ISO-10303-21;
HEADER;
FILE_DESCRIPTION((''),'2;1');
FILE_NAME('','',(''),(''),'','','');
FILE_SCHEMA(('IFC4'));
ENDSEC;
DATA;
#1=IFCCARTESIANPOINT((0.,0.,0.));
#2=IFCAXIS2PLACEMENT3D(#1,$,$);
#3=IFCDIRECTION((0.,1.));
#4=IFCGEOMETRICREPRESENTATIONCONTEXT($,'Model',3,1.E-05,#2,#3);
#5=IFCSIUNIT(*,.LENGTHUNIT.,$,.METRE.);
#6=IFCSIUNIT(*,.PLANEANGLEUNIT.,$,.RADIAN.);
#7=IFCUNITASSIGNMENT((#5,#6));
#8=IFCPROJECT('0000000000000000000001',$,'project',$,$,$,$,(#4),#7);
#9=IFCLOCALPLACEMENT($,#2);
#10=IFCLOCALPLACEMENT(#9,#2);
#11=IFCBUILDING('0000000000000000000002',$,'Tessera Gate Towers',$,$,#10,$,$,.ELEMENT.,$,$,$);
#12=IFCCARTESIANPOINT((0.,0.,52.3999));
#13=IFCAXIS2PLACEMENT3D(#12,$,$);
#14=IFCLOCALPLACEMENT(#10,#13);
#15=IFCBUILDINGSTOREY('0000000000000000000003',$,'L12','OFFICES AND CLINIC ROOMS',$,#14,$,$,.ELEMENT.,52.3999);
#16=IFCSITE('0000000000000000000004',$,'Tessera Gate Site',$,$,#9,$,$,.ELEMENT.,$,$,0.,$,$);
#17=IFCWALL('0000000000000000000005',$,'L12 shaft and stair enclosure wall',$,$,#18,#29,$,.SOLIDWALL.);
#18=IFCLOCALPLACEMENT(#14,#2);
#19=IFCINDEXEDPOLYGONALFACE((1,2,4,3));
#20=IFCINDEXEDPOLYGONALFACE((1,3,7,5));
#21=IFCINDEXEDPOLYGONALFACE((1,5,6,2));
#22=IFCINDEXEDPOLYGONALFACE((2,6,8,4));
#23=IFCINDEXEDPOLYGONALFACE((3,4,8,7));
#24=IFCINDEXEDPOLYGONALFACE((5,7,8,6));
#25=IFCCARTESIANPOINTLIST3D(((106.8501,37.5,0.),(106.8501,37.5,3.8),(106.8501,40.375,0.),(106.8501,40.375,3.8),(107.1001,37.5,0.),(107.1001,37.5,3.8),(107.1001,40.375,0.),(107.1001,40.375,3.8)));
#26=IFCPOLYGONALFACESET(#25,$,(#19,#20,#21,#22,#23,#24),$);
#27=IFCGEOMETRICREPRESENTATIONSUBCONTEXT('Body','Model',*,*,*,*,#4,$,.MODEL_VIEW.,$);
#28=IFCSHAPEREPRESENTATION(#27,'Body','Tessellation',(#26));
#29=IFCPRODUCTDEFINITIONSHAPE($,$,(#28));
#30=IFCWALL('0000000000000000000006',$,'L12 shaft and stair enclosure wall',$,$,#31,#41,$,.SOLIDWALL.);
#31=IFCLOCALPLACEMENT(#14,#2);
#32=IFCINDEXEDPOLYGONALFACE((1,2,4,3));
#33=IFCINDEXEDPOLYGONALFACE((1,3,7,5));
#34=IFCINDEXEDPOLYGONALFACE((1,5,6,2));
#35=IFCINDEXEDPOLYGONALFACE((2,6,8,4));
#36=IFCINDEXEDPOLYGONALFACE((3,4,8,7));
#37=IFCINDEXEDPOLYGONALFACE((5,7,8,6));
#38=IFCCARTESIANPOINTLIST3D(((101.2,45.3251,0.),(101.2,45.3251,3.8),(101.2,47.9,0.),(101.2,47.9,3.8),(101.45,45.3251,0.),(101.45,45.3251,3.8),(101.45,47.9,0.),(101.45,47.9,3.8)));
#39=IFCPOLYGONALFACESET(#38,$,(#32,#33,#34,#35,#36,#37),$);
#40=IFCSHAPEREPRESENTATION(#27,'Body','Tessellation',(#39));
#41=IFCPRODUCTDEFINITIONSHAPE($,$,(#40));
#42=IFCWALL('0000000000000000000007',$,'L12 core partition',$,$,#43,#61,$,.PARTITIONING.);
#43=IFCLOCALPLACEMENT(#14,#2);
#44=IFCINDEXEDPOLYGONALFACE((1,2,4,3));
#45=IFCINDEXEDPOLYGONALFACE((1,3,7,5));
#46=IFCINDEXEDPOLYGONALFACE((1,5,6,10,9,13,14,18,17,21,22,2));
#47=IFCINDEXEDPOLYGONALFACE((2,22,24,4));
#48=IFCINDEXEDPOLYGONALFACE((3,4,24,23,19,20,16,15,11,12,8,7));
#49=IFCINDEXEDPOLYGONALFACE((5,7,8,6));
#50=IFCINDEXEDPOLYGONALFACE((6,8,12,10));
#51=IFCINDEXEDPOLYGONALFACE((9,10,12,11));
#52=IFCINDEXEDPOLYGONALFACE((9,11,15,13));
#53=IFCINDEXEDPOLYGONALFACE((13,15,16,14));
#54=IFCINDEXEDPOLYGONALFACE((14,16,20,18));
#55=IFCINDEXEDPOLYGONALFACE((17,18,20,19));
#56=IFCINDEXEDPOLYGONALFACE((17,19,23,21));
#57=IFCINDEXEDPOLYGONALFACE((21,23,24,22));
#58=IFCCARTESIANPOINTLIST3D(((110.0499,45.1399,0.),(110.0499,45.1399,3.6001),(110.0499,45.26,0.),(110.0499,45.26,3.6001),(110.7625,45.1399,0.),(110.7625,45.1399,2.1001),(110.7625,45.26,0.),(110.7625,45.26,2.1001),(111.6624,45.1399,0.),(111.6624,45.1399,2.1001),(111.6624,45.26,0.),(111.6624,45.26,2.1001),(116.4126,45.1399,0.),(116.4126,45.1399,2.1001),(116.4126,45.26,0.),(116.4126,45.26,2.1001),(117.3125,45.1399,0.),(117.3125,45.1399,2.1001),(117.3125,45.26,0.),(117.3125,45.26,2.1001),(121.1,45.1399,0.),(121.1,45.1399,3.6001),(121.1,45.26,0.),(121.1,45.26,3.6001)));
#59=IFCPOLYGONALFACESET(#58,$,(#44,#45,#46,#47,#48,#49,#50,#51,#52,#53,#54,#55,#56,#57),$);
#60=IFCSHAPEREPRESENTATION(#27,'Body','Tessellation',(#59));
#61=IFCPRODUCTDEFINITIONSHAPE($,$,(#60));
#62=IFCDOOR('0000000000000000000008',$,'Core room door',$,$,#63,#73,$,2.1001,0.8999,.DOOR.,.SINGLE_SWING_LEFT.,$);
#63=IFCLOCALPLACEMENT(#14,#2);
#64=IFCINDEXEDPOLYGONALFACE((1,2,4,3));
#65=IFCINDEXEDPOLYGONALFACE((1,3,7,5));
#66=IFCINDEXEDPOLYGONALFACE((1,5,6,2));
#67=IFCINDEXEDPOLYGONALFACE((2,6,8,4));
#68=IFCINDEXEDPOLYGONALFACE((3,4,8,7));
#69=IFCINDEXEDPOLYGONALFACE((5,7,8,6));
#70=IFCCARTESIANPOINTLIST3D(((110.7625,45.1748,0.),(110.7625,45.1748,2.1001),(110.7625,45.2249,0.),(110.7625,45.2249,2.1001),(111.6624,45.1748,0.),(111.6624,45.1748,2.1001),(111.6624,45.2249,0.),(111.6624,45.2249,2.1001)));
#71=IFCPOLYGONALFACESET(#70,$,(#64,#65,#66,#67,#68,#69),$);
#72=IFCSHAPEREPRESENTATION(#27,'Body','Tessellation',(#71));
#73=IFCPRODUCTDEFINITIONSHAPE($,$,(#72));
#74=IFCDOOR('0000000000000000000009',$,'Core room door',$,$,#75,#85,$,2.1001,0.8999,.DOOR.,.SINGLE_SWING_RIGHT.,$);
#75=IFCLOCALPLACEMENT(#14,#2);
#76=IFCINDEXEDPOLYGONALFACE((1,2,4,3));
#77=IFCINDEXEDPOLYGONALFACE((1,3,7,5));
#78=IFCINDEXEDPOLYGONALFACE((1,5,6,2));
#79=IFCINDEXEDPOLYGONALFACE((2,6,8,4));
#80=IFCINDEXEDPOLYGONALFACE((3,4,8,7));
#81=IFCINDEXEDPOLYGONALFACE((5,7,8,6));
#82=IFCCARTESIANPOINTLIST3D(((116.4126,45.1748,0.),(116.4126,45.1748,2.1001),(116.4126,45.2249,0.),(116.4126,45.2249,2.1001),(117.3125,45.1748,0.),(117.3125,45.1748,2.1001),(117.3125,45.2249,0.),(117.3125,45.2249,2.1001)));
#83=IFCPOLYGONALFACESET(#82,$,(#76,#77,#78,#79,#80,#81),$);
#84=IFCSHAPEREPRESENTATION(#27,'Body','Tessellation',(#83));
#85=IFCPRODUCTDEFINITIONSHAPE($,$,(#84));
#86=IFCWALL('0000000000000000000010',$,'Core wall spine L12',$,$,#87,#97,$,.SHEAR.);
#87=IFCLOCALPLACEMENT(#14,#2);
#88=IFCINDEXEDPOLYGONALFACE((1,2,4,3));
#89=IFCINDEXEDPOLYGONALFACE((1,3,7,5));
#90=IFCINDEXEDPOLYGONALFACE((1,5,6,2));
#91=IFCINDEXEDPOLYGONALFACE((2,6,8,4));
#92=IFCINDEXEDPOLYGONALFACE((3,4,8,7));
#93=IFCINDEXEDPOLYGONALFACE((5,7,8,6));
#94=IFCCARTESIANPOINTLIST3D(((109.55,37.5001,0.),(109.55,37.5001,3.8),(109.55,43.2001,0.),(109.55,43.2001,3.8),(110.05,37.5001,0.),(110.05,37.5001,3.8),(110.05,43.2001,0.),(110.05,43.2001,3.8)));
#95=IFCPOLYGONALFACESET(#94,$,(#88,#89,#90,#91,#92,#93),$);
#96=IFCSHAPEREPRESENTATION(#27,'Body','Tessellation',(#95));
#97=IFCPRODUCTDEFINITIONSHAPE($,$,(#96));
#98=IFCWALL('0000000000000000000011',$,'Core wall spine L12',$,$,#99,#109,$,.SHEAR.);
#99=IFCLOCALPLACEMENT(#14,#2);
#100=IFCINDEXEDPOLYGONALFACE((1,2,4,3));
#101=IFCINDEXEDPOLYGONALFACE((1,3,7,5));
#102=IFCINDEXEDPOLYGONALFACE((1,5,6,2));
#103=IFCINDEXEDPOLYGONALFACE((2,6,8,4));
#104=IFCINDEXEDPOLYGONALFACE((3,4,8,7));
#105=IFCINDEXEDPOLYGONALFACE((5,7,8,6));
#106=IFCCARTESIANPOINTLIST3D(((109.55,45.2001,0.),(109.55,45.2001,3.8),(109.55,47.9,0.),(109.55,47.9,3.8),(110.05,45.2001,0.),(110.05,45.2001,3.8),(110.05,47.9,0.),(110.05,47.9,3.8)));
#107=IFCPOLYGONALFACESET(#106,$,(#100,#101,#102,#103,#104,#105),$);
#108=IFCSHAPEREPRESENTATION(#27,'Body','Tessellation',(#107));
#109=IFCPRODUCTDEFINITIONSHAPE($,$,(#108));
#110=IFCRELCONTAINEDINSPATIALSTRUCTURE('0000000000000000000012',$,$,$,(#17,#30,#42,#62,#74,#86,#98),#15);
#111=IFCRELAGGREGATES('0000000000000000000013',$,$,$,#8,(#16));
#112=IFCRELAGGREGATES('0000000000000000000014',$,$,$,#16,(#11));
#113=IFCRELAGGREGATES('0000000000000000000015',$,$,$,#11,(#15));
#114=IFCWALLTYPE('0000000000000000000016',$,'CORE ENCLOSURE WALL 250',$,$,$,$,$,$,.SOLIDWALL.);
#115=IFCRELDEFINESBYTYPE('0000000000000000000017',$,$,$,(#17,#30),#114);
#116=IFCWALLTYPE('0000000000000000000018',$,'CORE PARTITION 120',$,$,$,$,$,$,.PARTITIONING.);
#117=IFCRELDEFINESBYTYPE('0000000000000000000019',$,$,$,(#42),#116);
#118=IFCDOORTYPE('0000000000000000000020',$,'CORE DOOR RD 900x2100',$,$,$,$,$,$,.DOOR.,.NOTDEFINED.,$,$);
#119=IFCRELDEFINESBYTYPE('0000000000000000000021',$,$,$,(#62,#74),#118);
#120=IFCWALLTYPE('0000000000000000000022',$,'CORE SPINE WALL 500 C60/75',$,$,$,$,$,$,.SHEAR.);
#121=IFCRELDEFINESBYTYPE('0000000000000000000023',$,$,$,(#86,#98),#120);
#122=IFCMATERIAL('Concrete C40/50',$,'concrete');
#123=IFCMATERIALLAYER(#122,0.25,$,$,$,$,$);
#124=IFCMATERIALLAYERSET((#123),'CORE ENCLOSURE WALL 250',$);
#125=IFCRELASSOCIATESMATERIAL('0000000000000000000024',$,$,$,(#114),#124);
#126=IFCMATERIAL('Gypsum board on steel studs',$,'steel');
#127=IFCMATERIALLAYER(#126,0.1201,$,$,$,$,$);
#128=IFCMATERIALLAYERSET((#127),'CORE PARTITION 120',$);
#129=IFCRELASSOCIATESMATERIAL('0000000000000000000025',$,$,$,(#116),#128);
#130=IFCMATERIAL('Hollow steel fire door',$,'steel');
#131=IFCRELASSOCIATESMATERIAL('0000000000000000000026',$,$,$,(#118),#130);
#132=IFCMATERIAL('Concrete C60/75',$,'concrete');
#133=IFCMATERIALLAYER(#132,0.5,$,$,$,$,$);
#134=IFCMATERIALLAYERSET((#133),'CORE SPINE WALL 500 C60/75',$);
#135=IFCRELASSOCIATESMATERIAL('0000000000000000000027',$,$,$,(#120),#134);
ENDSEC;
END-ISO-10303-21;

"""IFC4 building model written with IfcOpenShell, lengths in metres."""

from ifc_helpers import new_model, si_unit, direction, frame, frame_2d, origin, place, context, subcontext, project, spatial, rectangle, extrude, source, transform, mapped, material, layer, layer_set, type_object, element, fill, save


model = new_model("IFC4")

# Units and contexts
model_context = context("Model", 3, precision=1e-05, world=origin(), true_north=direction((0.0, 1.0)))
body_context = subcontext(model_context, "Body", "Model", "MODEL_VIEW")
ifc_project = project(units=[si_unit("LENGTHUNIT", "METRE"), si_unit("PLANEANGLEUNIT", "RADIAN")], contexts=[model_context])

# Site, building, storey
site_placement = place(None, origin())
site = spatial("IfcSite", under=ifc_project, at=site_placement, Name="Tessera Gate Site", CompositionType="ELEMENT", RefElevation=0.0)
building_placement = place(site_placement, origin())
building = spatial("IfcBuilding", under=site, at=building_placement, Name="Tessera Gate Towers", CompositionType="ELEMENT")
storey_placement = place(building_placement, frame((0.0, 0.0, 52.3999)))
storey = spatial("IfcBuildingStorey", under=building, at=storey_placement, Name="L12", Description="OFFICES AND CLINIC ROOMS", CompositionType="ELEMENT", Elevation=52.3999)

# Shared definitions
ifc_material_1 = material(Name="Concrete C40/50", Category="concrete")
ifc_layer_1 = layer(ifc_material_1, 0.25)
ifc_layer_set_1 = layer_set([ifc_layer_1], Name="CORE ENCLOSURE WALL 250")
wall_type_1 = type_object("IfcWallType", Name="CORE ENCLOSURE WALL 250", PredefinedType="SOLIDWALL", material=ifc_layer_set_1)

# Walls
for number, where, z_axis, x_axis, name in (
    (1, (106.9751, 37.5, 0.0), (0.0, 0.0, 1.0), (0.0, 1.0, 0.0), "L12 shaft and stair enclosure wall"),
):
    element("IfcWall", number, at=place(storey_placement, frame(where, z_axis=z_axis, x_axis=x_axis)), inside=storey, type_object=wall_type_1, Name=name, PredefinedType="SOLIDWALL", context=body_context, shape_type="SweptSolid", body=[
        extrude(rectangle(XDim=2.875, YDim=0.25, at=frame_2d((1.4375, 0.0))), origin(), (0.0, 0.0, 1.0), 3.8),
    ])
wall_1_placement = place(storey_placement, frame((101.325, 45.325, 0.0), z_axis=(0.0, 0.0, 1.0), x_axis=(0.0, 1.0, 0.0)))
element("IfcWall", 2, at=wall_1_placement, inside=storey, type_object=wall_type_1, Name="L12 shaft and stair enclosure wall", PredefinedType="SOLIDWALL", context=body_context, shape_type="SweptSolid", body=[
    extrude(rectangle(XDim=2.575, YDim=0.25, at=frame_2d((1.2876, 0.0))), origin(), (0.0, 0.0, 1.0), 3.8),
])

# Wall, openings, doors
ifc_material_2 = material(Name="Gypsum board on steel studs", Category="steel")
ifc_layer_2 = layer(ifc_material_2, 0.1201)
ifc_layer_set_2 = layer_set([ifc_layer_2], Name="CORE PARTITION 120")
wall_type_2 = type_object("IfcWallType", Name="CORE PARTITION 120", PredefinedType="PARTITIONING", material=ifc_layer_set_2)
wall_2_placement = place(storey_placement, frame((110.05, 45.2, 0.0), z_axis=(0.0, 0.0, 1.0), x_axis=(1.0, 0.0, 0.0)))
wall_2 = element("IfcWall", 3, at=wall_2_placement, inside=storey, type_object=wall_type_2, Name="L12 core partition", PredefinedType="PARTITIONING", context=body_context, shape_type="SweptSolid", body=[
    extrude(rectangle(XDim=11.05, YDim=0.1201, at=frame_2d((5.5249, 0.0))), origin(), (0.0, 0.0, 1.0), 3.6001),
])
shared_shape_1 = source(origin(), body_context, "Body", "SweptSolid", [
    extrude(rectangle(XDim=0.8999, YDim=2.1001, at=frame_2d((0.45, 1.05))), frame((0.0, 0.0701, 0.0), z_axis=(0.0, -1.0, 0.0), x_axis=(1.0, 0.0, 0.0)), (0.0, 0.0, 1.0), 0.1401),
])
opening_1_placement = place(wall_2_placement, frame((0.7124, 0.0, 0.0)))
opening_1 = element("IfcOpeningElement", 4, at=opening_1_placement, cuts=wall_2, PredefinedType="OPENING", context=body_context, shape_type="MappedRepresentation", body=[
    mapped(shared_shape_1, transform((0.0, 0.0, 0.0), scale=1.0)),
])
opening_2_placement = place(wall_2_placement, frame((6.3625, 0.0, 0.0)))
opening_2 = element("IfcOpeningElement", 5, at=opening_2_placement, cuts=wall_2, PredefinedType="OPENING", context=body_context, shape_type="MappedRepresentation", body=[
    mapped(shared_shape_1, transform((0.0, 0.0, 0.0), scale=1.0)),
])
ifc_material_3 = material(Name="Hollow steel fire door", Category="steel")
door_type_1 = type_object("IfcDoorType", Name="CORE DOOR RD 900x2100", OperationType="NOTDEFINED", PredefinedType="DOOR", material=ifc_material_3)
shared_shape_2 = source(origin(), body_context, "Body", "SweptSolid", [
    extrude(rectangle(XDim=0.8999, YDim=2.1001, at=frame_2d((0.45, 1.05))), frame((0.0, 0.0249, 0.0), z_axis=(0.0, -1.0, 0.0), x_axis=(1.0, 0.0, 0.0)), (0.0, 0.0, 1.0), 0.05),
])
door_1_placement = place(opening_1_placement, origin())
door_1 = element("IfcDoor", 6, at=door_1_placement, inside=storey, type_object=door_type_1, Name="Core room door", OperationType="SINGLE_SWING_LEFT", OverallHeight=2.1001, OverallWidth=0.8999, PredefinedType="DOOR", context=body_context, shape_type="MappedRepresentation", body=[
    mapped(shared_shape_2, transform((0.0, 0.0, 0.0), scale=1.0)),
])
fill(opening_1, door_1)
door_2_placement = place(opening_2_placement, origin())
door_2 = element("IfcDoor", 7, at=door_2_placement, inside=storey, type_object=door_type_1, Name="Core room door", OperationType="SINGLE_SWING_RIGHT", OverallHeight=2.1001, OverallWidth=0.8999, PredefinedType="DOOR", context=body_context, shape_type="MappedRepresentation", body=[
    mapped(shared_shape_2, transform((0.0, 0.0, 0.0), scale=1.0)),
])
fill(opening_2, door_2)

# Walls
ifc_material_4 = material(Name="Concrete C60/75", Category="concrete")
ifc_layer_3 = layer(ifc_material_4, 0.5)
ifc_layer_set_3 = layer_set([ifc_layer_3], Name="CORE SPINE WALL 500 C60/75")
wall_type_3 = type_object("IfcWallType", Name="CORE SPINE WALL 500 C60/75", PredefinedType="SHEAR", material=ifc_layer_set_3)
wall_3_placement = place(storey_placement, frame((109.8, 37.5, 0.0), z_axis=(0.0, 0.0, 1.0), x_axis=(0.0, 1.0, 0.0)))
element("IfcWall", 8, at=wall_3_placement, inside=storey, type_object=wall_type_3, Name="Core wall spine L12", PredefinedType="SHEAR", context=body_context, shape_type="SweptSolid", body=[
    extrude(rectangle(XDim=5.7, YDim=0.5, at=frame_2d((2.8501, 0.0))), origin(), (0.0, 0.0, 1.0), 3.8),
])
wall_4_placement = place(storey_placement, frame((109.8, 45.2, 0.0), z_axis=(0.0, 0.0, 1.0), x_axis=(0.0, 1.0, 0.0)))
element("IfcWall", 9, at=wall_4_placement, inside=storey, type_object=wall_type_3, Name="Core wall spine L12", PredefinedType="SHEAR", context=body_context, shape_type="SweptSolid", body=[
    extrude(rectangle(XDim=2.7, YDim=0.5, at=frame_2d((1.3501, 0.0))), origin(), (0.0, 0.0, 1.0), 3.8),
])

save(model, "model.ifc")
